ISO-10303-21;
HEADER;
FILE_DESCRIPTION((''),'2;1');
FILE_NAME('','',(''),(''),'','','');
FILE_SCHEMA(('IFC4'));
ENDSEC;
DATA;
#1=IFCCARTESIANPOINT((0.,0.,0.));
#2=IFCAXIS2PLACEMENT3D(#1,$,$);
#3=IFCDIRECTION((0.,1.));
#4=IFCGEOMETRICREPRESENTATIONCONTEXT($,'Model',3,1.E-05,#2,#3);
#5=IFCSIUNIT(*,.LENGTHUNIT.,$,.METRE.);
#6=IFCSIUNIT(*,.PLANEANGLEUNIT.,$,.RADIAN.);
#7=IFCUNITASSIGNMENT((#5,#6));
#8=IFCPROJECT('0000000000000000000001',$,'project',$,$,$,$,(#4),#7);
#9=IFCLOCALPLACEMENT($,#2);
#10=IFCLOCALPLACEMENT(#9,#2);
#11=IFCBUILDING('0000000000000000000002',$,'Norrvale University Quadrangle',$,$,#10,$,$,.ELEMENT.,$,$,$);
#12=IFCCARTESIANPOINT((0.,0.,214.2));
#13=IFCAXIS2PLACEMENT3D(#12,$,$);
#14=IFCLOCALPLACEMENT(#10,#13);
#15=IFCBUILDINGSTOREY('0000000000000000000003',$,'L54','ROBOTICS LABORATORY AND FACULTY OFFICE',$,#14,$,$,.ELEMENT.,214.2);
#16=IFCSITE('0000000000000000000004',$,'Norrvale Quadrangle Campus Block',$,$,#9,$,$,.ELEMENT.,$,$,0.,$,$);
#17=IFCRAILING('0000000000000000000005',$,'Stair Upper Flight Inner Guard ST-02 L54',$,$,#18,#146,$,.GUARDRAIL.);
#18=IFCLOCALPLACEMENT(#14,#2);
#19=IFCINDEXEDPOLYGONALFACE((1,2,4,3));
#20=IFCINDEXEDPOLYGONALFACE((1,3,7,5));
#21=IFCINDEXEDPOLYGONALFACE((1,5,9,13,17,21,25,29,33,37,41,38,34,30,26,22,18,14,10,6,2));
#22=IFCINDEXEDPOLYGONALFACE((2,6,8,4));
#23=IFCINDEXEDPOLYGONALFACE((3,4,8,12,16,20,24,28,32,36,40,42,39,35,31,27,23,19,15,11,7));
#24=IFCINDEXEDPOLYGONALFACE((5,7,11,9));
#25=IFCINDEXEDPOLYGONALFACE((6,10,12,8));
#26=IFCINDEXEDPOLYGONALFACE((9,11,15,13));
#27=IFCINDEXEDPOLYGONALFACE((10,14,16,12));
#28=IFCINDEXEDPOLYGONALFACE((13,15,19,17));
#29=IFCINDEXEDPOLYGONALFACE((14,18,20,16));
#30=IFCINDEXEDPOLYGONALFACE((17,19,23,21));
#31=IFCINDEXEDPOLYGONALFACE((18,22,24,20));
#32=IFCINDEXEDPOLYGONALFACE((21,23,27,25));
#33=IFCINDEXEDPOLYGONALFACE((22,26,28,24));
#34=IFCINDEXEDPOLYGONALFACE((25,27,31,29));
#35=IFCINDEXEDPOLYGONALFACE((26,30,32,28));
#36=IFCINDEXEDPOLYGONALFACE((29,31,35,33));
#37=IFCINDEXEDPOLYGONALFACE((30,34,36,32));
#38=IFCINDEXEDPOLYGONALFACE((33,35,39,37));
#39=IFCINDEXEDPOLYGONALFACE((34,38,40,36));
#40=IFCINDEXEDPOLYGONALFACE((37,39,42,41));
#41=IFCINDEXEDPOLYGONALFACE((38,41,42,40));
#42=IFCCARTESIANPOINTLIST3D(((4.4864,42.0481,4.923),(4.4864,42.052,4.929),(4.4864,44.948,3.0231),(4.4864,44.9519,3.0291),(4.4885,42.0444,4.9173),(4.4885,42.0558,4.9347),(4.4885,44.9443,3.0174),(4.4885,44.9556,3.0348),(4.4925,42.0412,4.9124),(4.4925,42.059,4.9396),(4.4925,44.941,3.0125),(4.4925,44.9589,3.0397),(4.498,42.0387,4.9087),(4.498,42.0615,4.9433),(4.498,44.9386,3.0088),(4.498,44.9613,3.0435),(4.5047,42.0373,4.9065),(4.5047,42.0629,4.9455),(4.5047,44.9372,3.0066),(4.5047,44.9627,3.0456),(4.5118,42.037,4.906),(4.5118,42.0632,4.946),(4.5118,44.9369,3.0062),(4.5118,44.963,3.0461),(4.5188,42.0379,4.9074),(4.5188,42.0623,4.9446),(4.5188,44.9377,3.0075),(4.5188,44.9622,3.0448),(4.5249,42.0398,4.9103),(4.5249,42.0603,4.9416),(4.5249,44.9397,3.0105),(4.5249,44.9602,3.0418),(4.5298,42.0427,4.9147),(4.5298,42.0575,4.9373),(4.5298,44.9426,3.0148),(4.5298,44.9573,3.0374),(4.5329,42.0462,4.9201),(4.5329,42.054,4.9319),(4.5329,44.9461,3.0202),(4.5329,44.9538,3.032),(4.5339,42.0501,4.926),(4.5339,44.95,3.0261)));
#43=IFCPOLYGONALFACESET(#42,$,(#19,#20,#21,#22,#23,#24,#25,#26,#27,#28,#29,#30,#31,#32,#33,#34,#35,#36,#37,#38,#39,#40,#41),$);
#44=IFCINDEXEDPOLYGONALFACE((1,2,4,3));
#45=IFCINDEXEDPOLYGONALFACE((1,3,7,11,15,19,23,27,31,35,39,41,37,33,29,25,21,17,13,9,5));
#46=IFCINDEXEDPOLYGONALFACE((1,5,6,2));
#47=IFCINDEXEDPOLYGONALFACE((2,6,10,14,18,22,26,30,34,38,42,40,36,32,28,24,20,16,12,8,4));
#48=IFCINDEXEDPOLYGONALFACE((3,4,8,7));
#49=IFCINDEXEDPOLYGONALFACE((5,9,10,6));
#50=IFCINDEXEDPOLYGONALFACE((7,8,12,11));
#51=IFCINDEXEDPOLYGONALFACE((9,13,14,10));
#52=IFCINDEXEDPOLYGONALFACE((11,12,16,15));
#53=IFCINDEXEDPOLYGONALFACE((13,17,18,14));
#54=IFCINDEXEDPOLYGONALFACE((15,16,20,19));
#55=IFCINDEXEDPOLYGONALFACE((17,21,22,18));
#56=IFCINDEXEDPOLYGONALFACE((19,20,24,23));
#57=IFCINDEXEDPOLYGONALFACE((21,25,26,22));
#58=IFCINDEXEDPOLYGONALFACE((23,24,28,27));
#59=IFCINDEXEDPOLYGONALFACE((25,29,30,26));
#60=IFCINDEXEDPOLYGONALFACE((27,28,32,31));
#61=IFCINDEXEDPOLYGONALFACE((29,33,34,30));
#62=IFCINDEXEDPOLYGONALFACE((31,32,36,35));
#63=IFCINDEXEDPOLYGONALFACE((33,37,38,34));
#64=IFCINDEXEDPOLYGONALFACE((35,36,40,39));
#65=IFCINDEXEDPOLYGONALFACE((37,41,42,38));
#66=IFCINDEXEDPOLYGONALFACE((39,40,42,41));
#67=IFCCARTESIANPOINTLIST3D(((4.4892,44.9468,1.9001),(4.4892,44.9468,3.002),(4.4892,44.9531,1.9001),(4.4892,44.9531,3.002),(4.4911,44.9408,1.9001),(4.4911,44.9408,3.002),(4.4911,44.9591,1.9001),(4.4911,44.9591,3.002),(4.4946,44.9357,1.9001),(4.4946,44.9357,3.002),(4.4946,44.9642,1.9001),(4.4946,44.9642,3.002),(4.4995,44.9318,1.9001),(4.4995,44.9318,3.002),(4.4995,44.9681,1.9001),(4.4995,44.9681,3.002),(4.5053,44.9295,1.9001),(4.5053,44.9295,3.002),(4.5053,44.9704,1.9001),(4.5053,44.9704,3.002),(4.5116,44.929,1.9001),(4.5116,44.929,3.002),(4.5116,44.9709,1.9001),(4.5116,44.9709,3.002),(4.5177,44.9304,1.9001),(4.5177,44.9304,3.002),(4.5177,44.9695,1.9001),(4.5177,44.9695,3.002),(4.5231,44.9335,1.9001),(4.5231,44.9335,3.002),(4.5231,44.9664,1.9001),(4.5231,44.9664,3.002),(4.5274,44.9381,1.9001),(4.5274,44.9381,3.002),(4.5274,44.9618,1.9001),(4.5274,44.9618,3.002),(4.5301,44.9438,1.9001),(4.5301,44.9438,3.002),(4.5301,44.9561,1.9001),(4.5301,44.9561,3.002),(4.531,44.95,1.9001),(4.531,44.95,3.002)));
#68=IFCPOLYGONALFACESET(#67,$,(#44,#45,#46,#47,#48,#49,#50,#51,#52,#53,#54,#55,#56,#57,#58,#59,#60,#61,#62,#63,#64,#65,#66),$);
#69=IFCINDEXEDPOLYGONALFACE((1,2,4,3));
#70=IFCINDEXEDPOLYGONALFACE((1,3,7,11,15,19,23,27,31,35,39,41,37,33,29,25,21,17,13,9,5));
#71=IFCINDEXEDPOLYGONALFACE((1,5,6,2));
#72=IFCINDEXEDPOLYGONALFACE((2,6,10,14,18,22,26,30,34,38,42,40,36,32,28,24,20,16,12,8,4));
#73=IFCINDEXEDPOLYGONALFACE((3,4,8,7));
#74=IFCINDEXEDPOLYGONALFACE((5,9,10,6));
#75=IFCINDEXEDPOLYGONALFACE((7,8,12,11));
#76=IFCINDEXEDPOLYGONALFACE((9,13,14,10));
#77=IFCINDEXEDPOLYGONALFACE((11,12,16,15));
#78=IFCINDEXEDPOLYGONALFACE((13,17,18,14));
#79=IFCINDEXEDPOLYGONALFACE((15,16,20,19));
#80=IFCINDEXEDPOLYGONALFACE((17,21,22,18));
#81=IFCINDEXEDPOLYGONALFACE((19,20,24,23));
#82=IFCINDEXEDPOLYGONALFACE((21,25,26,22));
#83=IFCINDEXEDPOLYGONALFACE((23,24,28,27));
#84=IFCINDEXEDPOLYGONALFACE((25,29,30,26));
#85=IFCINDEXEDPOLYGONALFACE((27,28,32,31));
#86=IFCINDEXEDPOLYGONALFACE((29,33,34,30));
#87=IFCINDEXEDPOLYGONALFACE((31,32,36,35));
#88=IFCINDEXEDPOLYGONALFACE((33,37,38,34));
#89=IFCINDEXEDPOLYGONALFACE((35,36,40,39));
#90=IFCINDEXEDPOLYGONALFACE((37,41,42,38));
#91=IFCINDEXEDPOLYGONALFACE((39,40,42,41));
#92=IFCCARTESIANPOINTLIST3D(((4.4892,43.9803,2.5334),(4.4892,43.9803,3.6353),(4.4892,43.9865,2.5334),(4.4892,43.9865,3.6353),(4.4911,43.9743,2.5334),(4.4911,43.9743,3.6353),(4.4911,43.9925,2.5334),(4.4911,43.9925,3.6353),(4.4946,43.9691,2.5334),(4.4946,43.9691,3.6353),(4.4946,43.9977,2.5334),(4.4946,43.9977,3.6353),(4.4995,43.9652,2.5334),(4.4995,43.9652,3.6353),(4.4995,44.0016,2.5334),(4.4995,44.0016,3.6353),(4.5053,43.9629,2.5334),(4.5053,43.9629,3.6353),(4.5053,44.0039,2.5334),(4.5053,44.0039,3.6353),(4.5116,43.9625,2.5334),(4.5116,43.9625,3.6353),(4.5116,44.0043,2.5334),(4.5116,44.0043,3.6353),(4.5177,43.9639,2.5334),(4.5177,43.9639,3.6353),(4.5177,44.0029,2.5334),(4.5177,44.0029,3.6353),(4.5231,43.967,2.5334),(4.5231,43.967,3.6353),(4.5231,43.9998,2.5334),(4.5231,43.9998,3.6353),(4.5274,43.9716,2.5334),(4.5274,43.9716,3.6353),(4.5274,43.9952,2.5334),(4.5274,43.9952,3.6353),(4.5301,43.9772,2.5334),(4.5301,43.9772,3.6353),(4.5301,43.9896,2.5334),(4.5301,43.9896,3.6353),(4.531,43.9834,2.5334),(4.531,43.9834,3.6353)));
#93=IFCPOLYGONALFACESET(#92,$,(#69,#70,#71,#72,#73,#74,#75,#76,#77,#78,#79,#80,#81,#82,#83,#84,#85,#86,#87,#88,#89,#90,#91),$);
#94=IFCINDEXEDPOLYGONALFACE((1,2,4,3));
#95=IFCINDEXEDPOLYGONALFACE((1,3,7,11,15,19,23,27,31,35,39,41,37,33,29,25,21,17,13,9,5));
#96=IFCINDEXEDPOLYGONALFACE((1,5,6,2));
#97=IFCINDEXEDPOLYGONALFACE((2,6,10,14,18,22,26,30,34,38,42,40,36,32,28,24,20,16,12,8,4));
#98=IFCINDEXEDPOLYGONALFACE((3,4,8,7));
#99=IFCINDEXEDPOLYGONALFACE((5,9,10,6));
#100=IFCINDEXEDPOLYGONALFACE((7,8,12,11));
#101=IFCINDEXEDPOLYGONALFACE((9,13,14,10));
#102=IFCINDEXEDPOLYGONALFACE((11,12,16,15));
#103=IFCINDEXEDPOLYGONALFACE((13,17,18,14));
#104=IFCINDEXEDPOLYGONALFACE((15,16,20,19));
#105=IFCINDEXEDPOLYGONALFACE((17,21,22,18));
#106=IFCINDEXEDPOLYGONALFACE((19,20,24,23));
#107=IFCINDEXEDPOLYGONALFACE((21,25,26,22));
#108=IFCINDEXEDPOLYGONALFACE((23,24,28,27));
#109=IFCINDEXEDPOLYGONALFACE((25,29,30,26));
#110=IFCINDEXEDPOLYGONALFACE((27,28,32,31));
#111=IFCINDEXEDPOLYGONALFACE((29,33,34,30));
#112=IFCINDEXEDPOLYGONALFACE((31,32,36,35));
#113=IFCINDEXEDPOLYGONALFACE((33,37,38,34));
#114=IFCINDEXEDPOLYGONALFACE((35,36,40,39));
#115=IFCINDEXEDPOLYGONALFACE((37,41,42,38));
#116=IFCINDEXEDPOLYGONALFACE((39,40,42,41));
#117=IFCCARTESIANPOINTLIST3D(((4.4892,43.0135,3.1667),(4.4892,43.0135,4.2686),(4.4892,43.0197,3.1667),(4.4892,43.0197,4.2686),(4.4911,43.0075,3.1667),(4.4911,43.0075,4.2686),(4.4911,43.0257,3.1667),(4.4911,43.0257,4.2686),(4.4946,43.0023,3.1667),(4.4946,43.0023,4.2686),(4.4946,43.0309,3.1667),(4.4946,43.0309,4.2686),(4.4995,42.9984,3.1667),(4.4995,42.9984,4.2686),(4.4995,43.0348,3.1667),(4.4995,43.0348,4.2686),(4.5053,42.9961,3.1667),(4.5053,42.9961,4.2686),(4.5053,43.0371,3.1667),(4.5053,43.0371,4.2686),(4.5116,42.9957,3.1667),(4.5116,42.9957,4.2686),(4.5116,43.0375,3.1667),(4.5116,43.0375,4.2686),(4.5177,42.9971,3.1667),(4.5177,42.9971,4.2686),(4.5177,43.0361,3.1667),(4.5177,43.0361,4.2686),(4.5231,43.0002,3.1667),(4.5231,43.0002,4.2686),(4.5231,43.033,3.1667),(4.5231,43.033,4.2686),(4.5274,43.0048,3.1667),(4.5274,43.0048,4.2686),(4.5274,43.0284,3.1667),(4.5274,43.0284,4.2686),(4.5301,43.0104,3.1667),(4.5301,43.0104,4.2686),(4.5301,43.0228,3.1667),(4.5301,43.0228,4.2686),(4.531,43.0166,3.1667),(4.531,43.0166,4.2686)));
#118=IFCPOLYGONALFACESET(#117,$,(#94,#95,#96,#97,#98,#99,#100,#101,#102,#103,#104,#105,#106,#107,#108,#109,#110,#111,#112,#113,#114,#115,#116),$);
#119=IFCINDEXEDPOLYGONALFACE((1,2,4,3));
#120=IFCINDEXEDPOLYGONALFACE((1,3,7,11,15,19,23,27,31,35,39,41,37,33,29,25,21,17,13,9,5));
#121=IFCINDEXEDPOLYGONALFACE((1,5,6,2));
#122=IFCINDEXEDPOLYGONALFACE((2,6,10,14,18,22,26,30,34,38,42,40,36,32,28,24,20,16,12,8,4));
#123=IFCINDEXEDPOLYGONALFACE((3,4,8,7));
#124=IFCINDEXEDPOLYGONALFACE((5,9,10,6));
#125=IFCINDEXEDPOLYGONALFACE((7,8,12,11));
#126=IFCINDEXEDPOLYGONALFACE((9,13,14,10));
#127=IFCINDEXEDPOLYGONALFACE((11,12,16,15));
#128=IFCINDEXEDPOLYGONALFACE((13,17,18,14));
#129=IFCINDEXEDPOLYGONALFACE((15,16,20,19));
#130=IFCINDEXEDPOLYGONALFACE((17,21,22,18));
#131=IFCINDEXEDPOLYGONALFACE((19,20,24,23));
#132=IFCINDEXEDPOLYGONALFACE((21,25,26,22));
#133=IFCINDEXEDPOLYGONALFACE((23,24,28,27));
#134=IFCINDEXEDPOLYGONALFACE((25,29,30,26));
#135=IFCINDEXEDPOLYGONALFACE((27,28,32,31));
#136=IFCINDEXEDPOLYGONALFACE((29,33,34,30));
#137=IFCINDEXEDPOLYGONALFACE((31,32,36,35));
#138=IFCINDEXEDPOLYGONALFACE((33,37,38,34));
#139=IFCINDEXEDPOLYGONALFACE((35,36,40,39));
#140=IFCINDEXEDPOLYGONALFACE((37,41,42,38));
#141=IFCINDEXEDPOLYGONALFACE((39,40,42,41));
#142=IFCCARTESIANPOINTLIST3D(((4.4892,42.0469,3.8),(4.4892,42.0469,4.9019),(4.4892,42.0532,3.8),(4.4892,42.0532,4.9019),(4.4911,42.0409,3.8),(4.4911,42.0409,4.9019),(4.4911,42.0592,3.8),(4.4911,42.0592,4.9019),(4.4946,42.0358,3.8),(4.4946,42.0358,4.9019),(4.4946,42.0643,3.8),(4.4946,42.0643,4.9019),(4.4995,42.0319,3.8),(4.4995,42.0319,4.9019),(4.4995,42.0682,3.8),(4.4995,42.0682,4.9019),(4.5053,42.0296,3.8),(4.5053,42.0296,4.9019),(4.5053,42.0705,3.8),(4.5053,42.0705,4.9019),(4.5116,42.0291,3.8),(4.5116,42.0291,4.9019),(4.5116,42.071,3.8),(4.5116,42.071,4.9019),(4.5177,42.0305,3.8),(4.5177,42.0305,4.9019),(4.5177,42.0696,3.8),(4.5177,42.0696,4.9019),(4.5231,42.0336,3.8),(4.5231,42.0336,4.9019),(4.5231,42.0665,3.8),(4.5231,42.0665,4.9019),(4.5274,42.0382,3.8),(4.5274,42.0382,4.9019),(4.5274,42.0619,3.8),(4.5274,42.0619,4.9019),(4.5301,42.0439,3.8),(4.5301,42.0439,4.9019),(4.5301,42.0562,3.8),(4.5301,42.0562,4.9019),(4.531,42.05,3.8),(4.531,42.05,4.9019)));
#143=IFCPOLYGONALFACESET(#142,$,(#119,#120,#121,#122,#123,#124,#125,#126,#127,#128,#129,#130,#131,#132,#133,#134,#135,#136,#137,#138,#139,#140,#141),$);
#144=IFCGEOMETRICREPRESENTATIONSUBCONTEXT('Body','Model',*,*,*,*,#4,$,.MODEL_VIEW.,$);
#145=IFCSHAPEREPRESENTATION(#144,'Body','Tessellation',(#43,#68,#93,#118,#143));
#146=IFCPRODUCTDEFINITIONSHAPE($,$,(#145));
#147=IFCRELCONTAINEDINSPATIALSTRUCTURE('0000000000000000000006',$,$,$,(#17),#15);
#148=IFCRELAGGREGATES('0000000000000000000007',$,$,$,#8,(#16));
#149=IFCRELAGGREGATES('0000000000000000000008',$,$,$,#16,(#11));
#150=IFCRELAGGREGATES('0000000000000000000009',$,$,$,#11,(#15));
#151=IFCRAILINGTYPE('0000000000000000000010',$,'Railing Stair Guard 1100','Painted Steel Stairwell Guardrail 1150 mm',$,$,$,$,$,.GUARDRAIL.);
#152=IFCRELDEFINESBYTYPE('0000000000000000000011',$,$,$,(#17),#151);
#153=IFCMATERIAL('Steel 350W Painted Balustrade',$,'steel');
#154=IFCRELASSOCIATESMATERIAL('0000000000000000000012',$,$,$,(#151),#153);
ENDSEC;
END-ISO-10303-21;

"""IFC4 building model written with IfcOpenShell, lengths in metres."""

from ifc_helpers import new_model, si_unit, direction, frame, origin, origin_2d, place, context, subcontext, project, spatial, circle, extrude, material, type_object, element, save


model = new_model("IFC4")

# Units and contexts
model_context = context("Model", 3, precision=1e-05, world=origin(), true_north=direction((0.0, 1.0)))
body_context = subcontext(model_context, "Body", "Model", "MODEL_VIEW")
ifc_project = project(units=[si_unit("LENGTHUNIT", "METRE"), si_unit("PLANEANGLEUNIT", "RADIAN")], contexts=[model_context])

# Site, building, storey
site_placement = place(None, origin())
site = spatial("IfcSite", under=ifc_project, at=site_placement, Name="Norrvale Quadrangle Campus Block", CompositionType="ELEMENT", RefElevation=0.0)
building_placement = place(site_placement, origin())
building = spatial("IfcBuilding", under=site, at=building_placement, Name="Norrvale University Quadrangle", CompositionType="ELEMENT")
storey_placement = place(building_placement, frame((0.0, 0.0, 214.2)))
storey = spatial("IfcBuildingStorey", under=building, at=storey_placement, Name="L54", Description="ROBOTICS LABORATORY AND FACULTY OFFICE", CompositionType="ELEMENT", Elevation=214.2)

# Railing
ifc_material_1 = material(Name="Steel 350W Painted Balustrade", Category="steel")
railing_type_1 = type_object("IfcRailingType", Name="Railing Stair Guard 1100", Description="Painted Steel Stairwell Guardrail 1150 mm", PredefinedType="GUARDRAIL", material=ifc_material_1)
railing_1_placement = place(storey_placement, frame((4.51, 44.95, 1.9001)))
element("IfcRailing", 1, at=railing_1_placement, inside=storey, type_object=railing_type_1, Name="Stair Upper Flight Inner Guard ST-02 L54", PredefinedType="GUARDRAIL", context=body_context, shape_type="SweptSolid", body=[
    extrude(circle(Radius=0.0239, at=origin_2d()), frame((0.0, 0.0, 1.126), z_axis=(0.0, -0.836466, 0.548019), x_axis=(1.0, 0.0, 0.0)), (0.0, 0.0, 1.0), 3.4668),
    extrude(circle(Radius=0.021, at=origin_2d()), origin(), (0.0, 0.0, 1.0), 1.1018),
    extrude(circle(Radius=0.021, at=origin_2d()), frame((0.0, -0.9666, 0.6333)), (0.0, 0.0, 1.0), 1.1018),
    extrude(circle(Radius=0.021, at=origin_2d()), frame((0.0, -1.9333, 1.2666)), (0.0, 0.0, 1.0), 1.1018),
    extrude(circle(Radius=0.021, at=origin_2d()), frame((0.0, -2.8999, 1.8999)), (0.0, 0.0, 1.0), 1.1018),
])

save(model, "model.ifc")
